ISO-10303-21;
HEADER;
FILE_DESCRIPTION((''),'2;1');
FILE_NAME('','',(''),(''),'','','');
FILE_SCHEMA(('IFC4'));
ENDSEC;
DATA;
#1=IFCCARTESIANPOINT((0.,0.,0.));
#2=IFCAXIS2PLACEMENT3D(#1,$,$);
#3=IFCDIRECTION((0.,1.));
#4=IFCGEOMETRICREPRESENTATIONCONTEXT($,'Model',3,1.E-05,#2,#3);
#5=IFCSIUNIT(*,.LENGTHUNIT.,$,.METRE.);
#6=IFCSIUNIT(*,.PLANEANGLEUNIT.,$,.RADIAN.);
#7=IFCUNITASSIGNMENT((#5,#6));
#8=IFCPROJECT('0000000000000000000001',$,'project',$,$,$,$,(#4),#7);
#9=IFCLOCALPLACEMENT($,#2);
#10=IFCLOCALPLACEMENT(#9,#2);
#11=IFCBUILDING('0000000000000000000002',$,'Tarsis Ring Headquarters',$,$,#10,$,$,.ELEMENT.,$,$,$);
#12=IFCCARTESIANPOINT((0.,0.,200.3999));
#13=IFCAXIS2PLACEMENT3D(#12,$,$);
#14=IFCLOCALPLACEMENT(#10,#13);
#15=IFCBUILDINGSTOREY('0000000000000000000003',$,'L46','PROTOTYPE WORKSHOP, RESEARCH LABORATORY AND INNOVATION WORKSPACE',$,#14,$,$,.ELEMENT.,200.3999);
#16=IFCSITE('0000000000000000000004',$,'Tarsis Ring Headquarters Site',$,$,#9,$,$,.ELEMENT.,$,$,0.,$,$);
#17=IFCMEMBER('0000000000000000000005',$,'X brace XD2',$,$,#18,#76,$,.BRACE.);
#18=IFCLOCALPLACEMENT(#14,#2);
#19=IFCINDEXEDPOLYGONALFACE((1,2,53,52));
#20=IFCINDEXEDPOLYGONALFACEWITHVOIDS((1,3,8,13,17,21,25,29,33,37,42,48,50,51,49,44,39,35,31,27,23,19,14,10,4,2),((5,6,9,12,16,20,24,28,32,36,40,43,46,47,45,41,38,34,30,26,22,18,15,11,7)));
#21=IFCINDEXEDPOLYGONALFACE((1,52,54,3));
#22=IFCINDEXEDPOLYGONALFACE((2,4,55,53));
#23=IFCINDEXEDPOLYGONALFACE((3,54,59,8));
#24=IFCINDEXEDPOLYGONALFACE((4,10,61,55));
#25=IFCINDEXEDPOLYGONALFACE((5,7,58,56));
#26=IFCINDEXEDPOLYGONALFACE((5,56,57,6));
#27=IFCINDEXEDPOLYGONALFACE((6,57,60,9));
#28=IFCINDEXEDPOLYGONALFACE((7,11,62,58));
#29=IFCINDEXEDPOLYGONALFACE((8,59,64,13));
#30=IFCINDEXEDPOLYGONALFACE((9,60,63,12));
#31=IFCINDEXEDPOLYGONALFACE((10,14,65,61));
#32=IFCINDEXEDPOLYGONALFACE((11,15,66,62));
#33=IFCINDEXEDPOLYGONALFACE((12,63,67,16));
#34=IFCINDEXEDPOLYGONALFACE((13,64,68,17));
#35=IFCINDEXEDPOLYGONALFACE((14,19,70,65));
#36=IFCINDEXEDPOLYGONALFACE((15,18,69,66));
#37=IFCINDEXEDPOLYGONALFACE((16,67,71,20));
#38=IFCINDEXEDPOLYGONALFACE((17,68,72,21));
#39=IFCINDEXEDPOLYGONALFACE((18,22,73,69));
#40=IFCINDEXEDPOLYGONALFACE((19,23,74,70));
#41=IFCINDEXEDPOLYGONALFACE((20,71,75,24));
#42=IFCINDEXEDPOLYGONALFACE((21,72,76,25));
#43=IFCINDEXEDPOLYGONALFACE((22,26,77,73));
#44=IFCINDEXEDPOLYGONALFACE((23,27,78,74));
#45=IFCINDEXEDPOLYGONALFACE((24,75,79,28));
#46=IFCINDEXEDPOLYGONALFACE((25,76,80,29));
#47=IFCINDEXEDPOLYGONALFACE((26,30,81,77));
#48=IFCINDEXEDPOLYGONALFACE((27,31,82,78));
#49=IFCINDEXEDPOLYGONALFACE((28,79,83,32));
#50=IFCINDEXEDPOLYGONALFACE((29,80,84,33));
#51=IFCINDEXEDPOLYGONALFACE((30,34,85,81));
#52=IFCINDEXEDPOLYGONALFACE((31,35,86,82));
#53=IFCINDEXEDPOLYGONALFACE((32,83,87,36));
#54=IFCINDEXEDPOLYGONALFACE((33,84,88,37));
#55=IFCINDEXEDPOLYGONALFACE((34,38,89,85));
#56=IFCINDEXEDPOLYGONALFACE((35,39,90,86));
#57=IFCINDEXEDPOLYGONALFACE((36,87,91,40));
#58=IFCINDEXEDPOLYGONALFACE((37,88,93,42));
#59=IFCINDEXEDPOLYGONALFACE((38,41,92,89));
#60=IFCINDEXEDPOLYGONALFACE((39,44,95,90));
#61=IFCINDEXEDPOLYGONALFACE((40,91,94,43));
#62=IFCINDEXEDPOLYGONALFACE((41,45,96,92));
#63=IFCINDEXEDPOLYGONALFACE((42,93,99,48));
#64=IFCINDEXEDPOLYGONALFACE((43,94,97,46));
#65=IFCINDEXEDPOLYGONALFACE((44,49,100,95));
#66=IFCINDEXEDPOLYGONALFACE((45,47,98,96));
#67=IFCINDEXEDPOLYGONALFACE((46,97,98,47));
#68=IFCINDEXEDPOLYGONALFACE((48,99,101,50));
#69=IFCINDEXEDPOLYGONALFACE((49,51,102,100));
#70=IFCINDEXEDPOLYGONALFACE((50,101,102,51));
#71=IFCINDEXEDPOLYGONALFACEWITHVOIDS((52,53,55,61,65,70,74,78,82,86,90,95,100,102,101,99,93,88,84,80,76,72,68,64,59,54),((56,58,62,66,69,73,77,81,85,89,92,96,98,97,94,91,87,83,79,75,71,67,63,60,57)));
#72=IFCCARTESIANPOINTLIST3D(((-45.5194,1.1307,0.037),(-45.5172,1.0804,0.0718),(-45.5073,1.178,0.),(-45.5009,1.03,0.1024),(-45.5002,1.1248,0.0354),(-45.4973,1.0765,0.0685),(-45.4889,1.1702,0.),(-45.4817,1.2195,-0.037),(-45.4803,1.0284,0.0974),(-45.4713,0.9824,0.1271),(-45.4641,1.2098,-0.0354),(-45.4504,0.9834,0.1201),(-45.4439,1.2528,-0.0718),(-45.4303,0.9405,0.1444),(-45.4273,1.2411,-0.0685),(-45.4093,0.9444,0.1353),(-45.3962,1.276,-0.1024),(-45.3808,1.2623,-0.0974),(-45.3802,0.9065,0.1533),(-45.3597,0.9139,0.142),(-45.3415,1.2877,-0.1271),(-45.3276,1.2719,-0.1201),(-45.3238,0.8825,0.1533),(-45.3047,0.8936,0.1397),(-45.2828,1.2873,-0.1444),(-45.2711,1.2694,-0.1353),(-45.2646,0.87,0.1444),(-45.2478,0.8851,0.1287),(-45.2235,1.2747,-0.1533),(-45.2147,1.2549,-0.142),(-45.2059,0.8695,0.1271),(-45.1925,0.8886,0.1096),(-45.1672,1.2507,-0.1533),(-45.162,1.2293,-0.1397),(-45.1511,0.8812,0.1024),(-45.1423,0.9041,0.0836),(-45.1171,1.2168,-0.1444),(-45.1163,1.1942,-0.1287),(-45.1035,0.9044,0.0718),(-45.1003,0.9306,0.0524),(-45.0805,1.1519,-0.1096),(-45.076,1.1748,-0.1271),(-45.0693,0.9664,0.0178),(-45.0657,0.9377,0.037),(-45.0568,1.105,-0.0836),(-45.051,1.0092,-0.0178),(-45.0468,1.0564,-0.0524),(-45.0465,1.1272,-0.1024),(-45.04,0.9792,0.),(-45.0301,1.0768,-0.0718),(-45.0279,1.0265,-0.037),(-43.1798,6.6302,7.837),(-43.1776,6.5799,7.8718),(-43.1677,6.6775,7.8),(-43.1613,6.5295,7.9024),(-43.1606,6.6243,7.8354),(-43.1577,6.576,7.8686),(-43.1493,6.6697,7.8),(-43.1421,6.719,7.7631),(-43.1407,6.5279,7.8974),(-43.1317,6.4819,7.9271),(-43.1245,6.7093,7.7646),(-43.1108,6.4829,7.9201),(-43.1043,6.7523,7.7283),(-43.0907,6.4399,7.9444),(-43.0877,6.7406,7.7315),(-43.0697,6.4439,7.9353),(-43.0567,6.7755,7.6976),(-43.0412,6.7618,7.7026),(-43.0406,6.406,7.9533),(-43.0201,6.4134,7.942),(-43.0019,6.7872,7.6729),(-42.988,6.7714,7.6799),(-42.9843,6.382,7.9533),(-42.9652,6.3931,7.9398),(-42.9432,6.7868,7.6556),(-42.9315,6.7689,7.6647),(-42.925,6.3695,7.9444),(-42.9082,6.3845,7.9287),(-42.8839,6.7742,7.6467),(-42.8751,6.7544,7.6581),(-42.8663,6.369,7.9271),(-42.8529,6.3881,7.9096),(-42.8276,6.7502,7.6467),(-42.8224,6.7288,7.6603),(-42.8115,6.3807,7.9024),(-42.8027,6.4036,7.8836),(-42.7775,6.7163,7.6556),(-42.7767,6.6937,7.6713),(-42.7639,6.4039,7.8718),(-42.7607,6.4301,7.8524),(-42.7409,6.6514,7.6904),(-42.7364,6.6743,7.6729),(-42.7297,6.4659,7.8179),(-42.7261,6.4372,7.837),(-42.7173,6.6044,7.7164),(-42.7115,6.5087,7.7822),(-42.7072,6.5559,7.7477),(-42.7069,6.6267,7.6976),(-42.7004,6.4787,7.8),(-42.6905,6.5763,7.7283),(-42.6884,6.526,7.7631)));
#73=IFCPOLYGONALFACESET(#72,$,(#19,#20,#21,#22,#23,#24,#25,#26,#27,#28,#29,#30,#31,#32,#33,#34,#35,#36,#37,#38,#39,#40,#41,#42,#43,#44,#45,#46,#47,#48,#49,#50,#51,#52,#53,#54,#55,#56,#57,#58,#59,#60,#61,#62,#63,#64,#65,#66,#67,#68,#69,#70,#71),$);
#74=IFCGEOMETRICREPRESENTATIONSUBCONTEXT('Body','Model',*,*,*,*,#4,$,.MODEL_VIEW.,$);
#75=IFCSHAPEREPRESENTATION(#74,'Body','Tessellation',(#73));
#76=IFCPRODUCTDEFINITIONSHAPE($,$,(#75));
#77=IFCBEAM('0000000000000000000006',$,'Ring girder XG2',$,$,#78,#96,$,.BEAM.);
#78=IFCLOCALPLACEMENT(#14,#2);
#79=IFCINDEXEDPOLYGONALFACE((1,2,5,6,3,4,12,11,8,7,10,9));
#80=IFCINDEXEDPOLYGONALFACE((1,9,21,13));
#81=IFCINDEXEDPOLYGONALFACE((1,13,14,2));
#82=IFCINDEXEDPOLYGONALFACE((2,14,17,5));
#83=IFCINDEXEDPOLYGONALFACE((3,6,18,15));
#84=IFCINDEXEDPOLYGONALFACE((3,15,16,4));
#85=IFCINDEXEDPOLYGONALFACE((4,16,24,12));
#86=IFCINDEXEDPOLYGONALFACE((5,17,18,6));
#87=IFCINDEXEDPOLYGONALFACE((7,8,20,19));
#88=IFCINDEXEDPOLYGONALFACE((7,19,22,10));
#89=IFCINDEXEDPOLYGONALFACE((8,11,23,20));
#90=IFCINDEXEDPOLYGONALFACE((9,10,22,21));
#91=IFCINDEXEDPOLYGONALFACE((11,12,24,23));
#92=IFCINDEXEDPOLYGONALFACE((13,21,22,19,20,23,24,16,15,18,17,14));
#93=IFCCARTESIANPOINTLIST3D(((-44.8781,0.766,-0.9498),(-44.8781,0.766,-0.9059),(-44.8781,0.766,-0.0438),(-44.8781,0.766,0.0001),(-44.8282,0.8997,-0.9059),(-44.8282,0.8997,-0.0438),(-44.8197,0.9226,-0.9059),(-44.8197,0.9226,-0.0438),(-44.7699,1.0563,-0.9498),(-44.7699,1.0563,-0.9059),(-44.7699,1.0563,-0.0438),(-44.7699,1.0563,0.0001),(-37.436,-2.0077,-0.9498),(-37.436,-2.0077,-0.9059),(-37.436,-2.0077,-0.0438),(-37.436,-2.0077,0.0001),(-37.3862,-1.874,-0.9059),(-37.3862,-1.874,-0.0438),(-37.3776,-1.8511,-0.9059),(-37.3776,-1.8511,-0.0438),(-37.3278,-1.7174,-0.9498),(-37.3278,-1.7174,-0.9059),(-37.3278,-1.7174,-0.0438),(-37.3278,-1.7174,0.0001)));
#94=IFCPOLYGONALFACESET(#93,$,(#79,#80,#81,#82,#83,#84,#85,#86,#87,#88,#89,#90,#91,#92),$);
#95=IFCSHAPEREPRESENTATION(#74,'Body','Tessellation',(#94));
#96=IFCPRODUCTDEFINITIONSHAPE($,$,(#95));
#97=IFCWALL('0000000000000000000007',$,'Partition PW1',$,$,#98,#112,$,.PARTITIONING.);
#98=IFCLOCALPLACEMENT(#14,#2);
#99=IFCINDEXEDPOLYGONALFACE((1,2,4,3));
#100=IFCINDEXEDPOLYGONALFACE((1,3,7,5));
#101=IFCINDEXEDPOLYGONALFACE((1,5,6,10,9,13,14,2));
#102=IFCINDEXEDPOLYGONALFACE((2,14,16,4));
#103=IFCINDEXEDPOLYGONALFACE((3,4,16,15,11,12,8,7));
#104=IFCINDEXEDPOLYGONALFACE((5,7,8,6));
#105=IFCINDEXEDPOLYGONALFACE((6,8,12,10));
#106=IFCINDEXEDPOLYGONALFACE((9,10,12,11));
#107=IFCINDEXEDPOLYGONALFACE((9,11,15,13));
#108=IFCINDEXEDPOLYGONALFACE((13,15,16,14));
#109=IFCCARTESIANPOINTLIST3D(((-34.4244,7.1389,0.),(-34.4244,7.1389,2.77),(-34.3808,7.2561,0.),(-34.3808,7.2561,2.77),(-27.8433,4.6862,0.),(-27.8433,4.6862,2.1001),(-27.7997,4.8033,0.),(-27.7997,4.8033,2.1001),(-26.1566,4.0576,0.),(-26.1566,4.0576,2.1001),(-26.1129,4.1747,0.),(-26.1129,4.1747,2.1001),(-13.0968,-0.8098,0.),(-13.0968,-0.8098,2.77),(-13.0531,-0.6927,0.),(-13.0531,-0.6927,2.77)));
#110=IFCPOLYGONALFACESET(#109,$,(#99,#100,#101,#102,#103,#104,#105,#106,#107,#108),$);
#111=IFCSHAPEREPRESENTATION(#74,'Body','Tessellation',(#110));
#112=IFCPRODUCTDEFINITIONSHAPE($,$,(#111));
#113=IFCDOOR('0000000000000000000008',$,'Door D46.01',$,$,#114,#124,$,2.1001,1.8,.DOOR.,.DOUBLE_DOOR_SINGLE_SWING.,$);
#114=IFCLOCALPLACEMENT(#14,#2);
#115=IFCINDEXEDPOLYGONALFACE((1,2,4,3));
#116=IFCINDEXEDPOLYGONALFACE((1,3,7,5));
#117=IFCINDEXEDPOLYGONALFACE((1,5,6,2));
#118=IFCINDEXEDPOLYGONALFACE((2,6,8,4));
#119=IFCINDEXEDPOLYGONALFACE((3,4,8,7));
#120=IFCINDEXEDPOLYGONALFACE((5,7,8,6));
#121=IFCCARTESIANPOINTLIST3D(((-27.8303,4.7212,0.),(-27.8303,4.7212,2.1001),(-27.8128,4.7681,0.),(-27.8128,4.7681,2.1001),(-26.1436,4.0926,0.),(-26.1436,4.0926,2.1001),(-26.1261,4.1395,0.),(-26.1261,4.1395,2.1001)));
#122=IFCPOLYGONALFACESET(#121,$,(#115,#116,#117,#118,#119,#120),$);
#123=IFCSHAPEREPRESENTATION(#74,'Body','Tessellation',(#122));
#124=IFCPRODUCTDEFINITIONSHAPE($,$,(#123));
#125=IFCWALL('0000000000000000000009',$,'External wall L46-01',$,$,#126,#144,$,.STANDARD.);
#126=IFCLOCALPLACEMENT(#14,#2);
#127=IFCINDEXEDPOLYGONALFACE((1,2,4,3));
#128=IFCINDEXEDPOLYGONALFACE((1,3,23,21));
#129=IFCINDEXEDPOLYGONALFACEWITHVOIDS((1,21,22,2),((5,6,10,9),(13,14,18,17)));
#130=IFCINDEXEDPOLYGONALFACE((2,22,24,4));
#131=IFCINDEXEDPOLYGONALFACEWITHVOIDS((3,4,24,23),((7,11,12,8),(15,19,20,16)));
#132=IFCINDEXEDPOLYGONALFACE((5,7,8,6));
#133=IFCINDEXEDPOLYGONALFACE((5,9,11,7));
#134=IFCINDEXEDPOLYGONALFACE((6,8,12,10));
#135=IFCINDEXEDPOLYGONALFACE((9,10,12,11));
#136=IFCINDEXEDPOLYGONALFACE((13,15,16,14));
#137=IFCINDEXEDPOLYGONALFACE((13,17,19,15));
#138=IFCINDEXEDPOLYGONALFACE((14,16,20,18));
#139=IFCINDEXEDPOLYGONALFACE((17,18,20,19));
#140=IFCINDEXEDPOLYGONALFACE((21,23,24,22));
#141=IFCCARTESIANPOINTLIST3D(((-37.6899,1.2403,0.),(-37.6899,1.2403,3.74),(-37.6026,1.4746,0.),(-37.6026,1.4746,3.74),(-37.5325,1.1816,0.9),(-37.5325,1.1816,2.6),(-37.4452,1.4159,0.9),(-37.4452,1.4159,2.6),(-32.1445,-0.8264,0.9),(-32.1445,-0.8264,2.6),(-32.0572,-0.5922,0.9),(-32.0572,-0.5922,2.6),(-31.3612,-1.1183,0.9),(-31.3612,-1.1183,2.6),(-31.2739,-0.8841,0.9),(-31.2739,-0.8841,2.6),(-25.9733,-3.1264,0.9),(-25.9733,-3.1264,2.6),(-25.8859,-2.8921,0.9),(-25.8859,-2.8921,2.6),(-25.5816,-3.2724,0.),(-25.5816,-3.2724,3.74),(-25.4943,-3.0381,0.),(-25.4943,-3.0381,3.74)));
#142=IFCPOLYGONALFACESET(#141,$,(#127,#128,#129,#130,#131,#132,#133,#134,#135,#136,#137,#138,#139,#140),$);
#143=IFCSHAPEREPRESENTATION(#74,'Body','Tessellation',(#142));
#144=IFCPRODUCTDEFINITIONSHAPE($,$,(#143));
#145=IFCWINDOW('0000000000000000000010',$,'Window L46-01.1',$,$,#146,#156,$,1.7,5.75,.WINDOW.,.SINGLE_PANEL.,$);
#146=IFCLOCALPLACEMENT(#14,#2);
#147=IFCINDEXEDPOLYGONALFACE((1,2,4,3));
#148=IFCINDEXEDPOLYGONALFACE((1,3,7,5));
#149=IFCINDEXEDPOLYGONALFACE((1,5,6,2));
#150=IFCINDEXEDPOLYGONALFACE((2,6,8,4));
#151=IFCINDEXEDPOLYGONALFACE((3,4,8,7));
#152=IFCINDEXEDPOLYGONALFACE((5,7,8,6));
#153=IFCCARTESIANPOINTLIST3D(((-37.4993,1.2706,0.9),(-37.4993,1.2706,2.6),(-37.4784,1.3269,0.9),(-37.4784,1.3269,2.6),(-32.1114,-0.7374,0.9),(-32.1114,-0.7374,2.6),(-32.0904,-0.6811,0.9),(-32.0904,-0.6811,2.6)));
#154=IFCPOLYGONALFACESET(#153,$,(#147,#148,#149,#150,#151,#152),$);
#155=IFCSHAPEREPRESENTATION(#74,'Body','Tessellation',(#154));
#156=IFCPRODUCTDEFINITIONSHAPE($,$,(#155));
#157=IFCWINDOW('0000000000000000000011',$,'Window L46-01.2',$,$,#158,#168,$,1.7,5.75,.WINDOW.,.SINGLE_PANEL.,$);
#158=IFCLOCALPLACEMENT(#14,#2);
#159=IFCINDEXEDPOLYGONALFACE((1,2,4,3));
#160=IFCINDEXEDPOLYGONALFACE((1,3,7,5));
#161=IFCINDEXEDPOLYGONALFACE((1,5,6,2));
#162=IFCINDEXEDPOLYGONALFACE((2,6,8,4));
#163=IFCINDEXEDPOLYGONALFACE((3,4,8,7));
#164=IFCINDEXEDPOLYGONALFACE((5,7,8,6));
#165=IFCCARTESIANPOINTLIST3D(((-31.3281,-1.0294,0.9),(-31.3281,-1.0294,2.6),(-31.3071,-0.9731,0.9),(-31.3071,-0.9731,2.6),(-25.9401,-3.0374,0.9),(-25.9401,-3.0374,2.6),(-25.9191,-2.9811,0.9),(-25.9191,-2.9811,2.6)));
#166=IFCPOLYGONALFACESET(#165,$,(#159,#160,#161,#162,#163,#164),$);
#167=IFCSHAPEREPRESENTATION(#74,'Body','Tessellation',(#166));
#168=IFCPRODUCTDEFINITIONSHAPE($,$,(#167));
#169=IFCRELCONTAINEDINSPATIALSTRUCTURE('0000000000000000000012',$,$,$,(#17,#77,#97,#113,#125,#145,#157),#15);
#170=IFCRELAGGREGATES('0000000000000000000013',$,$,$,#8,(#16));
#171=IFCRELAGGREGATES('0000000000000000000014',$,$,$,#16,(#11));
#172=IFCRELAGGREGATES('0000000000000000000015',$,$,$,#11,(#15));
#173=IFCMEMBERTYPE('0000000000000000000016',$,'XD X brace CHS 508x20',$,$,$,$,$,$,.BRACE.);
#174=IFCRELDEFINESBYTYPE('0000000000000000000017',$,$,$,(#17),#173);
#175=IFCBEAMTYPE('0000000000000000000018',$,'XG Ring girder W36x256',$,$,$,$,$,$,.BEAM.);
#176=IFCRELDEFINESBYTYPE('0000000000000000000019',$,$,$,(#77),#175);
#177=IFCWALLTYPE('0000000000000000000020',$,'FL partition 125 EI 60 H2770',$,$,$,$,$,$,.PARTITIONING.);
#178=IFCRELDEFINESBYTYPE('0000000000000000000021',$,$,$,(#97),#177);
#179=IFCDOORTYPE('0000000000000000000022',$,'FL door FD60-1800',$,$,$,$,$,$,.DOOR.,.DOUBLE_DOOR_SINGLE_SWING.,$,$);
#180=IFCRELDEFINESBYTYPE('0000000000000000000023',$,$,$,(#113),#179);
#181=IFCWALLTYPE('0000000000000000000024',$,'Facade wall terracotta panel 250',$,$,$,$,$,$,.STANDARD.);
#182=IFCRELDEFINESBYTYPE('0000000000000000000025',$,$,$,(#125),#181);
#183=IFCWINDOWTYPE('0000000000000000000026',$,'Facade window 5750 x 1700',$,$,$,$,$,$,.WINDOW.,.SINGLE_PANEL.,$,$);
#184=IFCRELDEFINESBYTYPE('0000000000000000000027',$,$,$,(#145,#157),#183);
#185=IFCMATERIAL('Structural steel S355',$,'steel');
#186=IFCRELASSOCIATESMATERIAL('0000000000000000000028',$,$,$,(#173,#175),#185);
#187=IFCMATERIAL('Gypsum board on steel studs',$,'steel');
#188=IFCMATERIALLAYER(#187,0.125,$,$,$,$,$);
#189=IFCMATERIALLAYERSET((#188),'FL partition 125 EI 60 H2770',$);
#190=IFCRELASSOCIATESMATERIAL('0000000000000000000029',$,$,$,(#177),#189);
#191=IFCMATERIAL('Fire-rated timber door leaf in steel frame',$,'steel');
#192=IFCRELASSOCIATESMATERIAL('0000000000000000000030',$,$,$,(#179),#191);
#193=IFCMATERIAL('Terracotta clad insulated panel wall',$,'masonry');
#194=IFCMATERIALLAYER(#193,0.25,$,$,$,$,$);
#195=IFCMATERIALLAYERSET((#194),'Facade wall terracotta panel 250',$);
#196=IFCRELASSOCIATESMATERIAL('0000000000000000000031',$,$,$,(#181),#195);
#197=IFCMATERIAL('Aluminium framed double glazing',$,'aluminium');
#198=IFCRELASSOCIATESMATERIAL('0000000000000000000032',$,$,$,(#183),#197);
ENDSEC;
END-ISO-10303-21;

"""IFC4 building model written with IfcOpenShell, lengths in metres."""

from ifc_helpers import new_model, si_unit, direction, frame, frame_2d, origin, origin_2d, place, context, subcontext, project, spatial, rectangle, hollow_circle, i_section, extrude, material, layer, layer_set, material_profile, profile_set, type_object, element, fill, save


model = new_model("IFC4")

# Units and contexts
model_context = context("Model", 3, precision=1e-05, world=origin(), true_north=direction((0.0, 1.0)))
body_context = subcontext(model_context, "Body", "Model", "MODEL_VIEW")
ifc_project = project(units=[si_unit("LENGTHUNIT", "METRE"), si_unit("PLANEANGLEUNIT", "RADIAN")], contexts=[model_context])

# Site, building, storey
site_placement = place(None, origin())
site = spatial("IfcSite", under=ifc_project, at=site_placement, Name="Tarsis Ring Headquarters Site", CompositionType="ELEMENT", RefElevation=0.0)
building_placement = place(site_placement, origin())
building = spatial("IfcBuilding", under=site, at=building_placement, Name="Tarsis Ring Headquarters", CompositionType="ELEMENT")
storey_placement = place(building_placement, frame((0.0, 0.0, 200.3999)))
storey = spatial("IfcBuildingStorey", under=building, at=storey_placement, Name="L46", Description="PROTOTYPE WORKSHOP, RESEARCH LABORATORY AND INNOVATION WORKSPACE", CompositionType="ELEMENT", Elevation=200.3999)

# Shared definitions
ifc_material_1 = material(Name="Structural steel S355", Category="steel")

# Member
ifc_material_profile_1 = material_profile(ifc_material_1, hollow_circle(Radius=0.2539, WallThickness=0.02, at=origin_2d()), Name="CHS 508x20")
ifc_profile_set_1 = profile_set([ifc_material_profile_1], Name="Structural steel S355")
member_type = type_object("IfcMemberType", Name="XD X brace CHS 508x20", PredefinedType="BRACE", material=ifc_profile_set_1)
member_placement = place(storey_placement, frame((-45.2737, 1.0786, 0.0), z_axis=(0.238092, 0.559664, 0.793781), x_axis=(-0.920192, 0.391468, 0.0)))
element("IfcMember", 1, at=member_placement, inside=storey, type_object=member_type, Name="X brace XD2", PredefinedType="BRACE", context=body_context, shape_type="SweptSolid", body=[
    extrude(hollow_circle(Radius=0.2539, WallThickness=0.02, at=origin_2d()), origin(), (0.0, 0.0, 1.0), 9.8264),
])

# Beam
ifc_material_profile_2 = material_profile(ifc_material_1, i_section(OverallWidth=0.3098, OverallDepth=0.95, WebThickness=0.0244, FlangeThickness=0.0439, at=origin_2d()), Name="W36x256")
ifc_profile_set_2 = profile_set([ifc_material_profile_2], Name="Structural steel S355")
beam_type = type_object("IfcBeamType", Name="XG Ring girder W36x256", PredefinedType="BEAM", material=ifc_profile_set_2)
beam_placement = place(storey_placement, frame((-44.824, 0.9111, -0.4749), z_axis=(0.937036, -0.349233, 0.0), x_axis=(0.349233, 0.937036, 0.0)))
element("IfcBeam", 2, at=beam_placement, inside=storey, type_object=beam_type, Name="Ring girder XG2", PredefinedType="BEAM", context=body_context, shape_type="SweptSolid", body=[
    extrude(i_section(OverallWidth=0.3098, OverallDepth=0.95, WebThickness=0.0244, FlangeThickness=0.0439, at=origin_2d()), origin(), (0.0, 0.0, 1.0), 7.9421),
])

# Wall, opening, door
ifc_material_2 = material(Name="Gypsum board on steel studs", Category="steel")
ifc_layer_1 = layer(ifc_material_2, 0.125)
ifc_layer_set_1 = layer_set([ifc_layer_1], Name="FL partition 125 EI 60 H2770")
wall_type_1 = type_object("IfcWallType", Name="FL partition 125 EI 60 H2770", PredefinedType="PARTITIONING", material=ifc_layer_set_1)
wall_1_placement = place(storey_placement, frame((-34.4026, 7.1975, 0.0), z_axis=(0.0, 0.0, 1.0), x_axis=(0.937037, -0.34923, 0.0)))
wall_1 = element("IfcWall", 3, at=wall_1_placement, inside=storey, type_object=wall_type_1, Name="Partition PW1", PredefinedType="PARTITIONING", context=body_context, shape_type="SweptSolid", body=[
    extrude(rectangle(XDim=22.7607, YDim=0.125, at=frame_2d((11.3804, 0.0))), origin(), (0.0, 0.0, 1.0), 2.77),
])
opening_1_placement = place(wall_1_placement, frame((7.0234, 0.0, 0.0)))
opening_1 = element("IfcOpeningElement", 4, at=opening_1_placement, cuts=wall_1, PredefinedType="OPENING", context=body_context, shape_type="SweptSolid", body=[
    extrude(rectangle(XDim=1.8, YDim=2.1001, at=frame_2d((0.8999, 1.05))), frame((0.0, 0.0725, 0.0), z_axis=(0.0, -1.0, 0.0), x_axis=(1.0, 0.0, 0.0)), (0.0, 0.0, 1.0), 0.145),
])
ifc_material_3 = material(Name="Fire-rated timber door leaf in steel frame", Category="steel")
door_type = type_object("IfcDoorType", Name="FL door FD60-1800", OperationType="DOUBLE_DOOR_SINGLE_SWING", PredefinedType="DOOR", material=ifc_material_3)
door_placement = place(opening_1_placement, origin())
door = element("IfcDoor", 5, at=door_placement, inside=storey, type_object=door_type, Name="Door D46.01", OperationType="DOUBLE_DOOR_SINGLE_SWING", OverallHeight=2.1001, OverallWidth=1.8, PredefinedType="DOOR", context=body_context, shape_type="SweptSolid", body=[
    extrude(rectangle(XDim=1.8, YDim=2.1001, at=frame_2d((0.8999, 1.05))), frame((0.0, 0.0249, 0.0), z_axis=(0.0, -1.0, 0.0), x_axis=(1.0, 0.0, 0.0)), (0.0, 0.0, 1.0), 0.05),
])
fill(opening_1, door)

# Wall, openings, windows
ifc_material_4 = material(Name="Terracotta clad insulated panel wall", Category="masonry")
ifc_layer_2 = layer(ifc_material_4, 0.25)
ifc_layer_set_2 = layer_set([ifc_layer_2], Name="Facade wall terracotta panel 250")
wall_type_2 = type_object("IfcWallType", Name="Facade wall terracotta panel 250", PredefinedType="STANDARD", material=ifc_layer_set_2)
wall_2_placement = place(storey_placement, frame((-37.6462, 1.3574, 0.0), z_axis=(0.0, 0.0, 1.0), x_axis=(0.937038, -0.349226, 0.0)))
wall_2 = element("IfcWall", 6, at=wall_2_placement, inside=storey, type_object=wall_type_2, Name="External wall L46-01", PredefinedType="STANDARD", context=body_context, shape_type="SweptSolid", body=[
    extrude(rectangle(XDim=12.9219, YDim=0.25, at=frame_2d((6.4609, 0.0))), origin(), (0.0, 0.0, 1.0), 3.74),
])
opening_2_placement = place(wall_2_placement, frame((0.168, 0.0, 0.8999)))
opening_2 = element("IfcOpeningElement", 7, at=opening_2_placement, cuts=wall_2, PredefinedType="OPENING", context=body_context, shape_type="SweptSolid", body=[
    extrude(rectangle(XDim=5.75, YDim=1.7, at=frame_2d((2.875, 0.8501))), frame((0.0, 0.135, 0.0), z_axis=(0.0, -1.0, 0.0), x_axis=(1.0, 0.0, 0.0)), (0.0, 0.0, 1.0), 0.27),
])
opening_3_placement = place(wall_2_placement, frame((6.7539, 0.0, 0.8999)))
opening_3 = element("IfcOpeningElement", 8, at=opening_3_placement, cuts=wall_2, PredefinedType="OPENING", context=body_context, shape_type="SweptSolid", body=[
    extrude(rectangle(XDim=5.75, YDim=1.7, at=frame_2d((2.875, 0.8501))), frame((0.0, 0.135, 0.0), z_axis=(0.0, -1.0, 0.0), x_axis=(1.0, 0.0, 0.0)), (0.0, 0.0, 1.0), 0.27),
])
ifc_material_5 = material(Name="Aluminium framed double glazing", Category="aluminium")
window_type = type_object("IfcWindowType", Name="Facade window 5750 x 1700", PartitioningType="SINGLE_PANEL", PredefinedType="WINDOW", material=ifc_material_5)
window_1_placement = place(opening_2_placement, origin())
window_1 = element("IfcWindow", 9, at=window_1_placement, inside=storey, type_object=window_type, Name="Window L46-01.1", OverallHeight=1.7, OverallWidth=5.75, PartitioningType="SINGLE_PANEL", PredefinedType="WINDOW", context=body_context, shape_type="SweptSolid", body=[
    extrude(rectangle(XDim=5.75, YDim=1.7, at=frame_2d((2.875, 0.8501))), frame((0.0, 0.03, 0.0), z_axis=(0.0, -1.0, 0.0), x_axis=(1.0, 0.0, 0.0)), (0.0, 0.0, 1.0), 0.0601),
])
fill(opening_2, window_1)
window_2_placement = place(opening_3_placement, origin())
window_2 = element("IfcWindow", 10, at=window_2_placement, inside=storey, type_object=window_type, Name="Window L46-01.2", OverallHeight=1.7, OverallWidth=5.75, PartitioningType="SINGLE_PANEL", PredefinedType="WINDOW", context=body_context, shape_type="SweptSolid", body=[
    extrude(rectangle(XDim=5.75, YDim=1.7, at=frame_2d((2.875, 0.8501))), frame((0.0, 0.03, 0.0), z_axis=(0.0, -1.0, 0.0), x_axis=(1.0, 0.0, 0.0)), (0.0, 0.0, 1.0), 0.0601),
])
fill(opening_3, window_2)

save(model, "model.ifc")
